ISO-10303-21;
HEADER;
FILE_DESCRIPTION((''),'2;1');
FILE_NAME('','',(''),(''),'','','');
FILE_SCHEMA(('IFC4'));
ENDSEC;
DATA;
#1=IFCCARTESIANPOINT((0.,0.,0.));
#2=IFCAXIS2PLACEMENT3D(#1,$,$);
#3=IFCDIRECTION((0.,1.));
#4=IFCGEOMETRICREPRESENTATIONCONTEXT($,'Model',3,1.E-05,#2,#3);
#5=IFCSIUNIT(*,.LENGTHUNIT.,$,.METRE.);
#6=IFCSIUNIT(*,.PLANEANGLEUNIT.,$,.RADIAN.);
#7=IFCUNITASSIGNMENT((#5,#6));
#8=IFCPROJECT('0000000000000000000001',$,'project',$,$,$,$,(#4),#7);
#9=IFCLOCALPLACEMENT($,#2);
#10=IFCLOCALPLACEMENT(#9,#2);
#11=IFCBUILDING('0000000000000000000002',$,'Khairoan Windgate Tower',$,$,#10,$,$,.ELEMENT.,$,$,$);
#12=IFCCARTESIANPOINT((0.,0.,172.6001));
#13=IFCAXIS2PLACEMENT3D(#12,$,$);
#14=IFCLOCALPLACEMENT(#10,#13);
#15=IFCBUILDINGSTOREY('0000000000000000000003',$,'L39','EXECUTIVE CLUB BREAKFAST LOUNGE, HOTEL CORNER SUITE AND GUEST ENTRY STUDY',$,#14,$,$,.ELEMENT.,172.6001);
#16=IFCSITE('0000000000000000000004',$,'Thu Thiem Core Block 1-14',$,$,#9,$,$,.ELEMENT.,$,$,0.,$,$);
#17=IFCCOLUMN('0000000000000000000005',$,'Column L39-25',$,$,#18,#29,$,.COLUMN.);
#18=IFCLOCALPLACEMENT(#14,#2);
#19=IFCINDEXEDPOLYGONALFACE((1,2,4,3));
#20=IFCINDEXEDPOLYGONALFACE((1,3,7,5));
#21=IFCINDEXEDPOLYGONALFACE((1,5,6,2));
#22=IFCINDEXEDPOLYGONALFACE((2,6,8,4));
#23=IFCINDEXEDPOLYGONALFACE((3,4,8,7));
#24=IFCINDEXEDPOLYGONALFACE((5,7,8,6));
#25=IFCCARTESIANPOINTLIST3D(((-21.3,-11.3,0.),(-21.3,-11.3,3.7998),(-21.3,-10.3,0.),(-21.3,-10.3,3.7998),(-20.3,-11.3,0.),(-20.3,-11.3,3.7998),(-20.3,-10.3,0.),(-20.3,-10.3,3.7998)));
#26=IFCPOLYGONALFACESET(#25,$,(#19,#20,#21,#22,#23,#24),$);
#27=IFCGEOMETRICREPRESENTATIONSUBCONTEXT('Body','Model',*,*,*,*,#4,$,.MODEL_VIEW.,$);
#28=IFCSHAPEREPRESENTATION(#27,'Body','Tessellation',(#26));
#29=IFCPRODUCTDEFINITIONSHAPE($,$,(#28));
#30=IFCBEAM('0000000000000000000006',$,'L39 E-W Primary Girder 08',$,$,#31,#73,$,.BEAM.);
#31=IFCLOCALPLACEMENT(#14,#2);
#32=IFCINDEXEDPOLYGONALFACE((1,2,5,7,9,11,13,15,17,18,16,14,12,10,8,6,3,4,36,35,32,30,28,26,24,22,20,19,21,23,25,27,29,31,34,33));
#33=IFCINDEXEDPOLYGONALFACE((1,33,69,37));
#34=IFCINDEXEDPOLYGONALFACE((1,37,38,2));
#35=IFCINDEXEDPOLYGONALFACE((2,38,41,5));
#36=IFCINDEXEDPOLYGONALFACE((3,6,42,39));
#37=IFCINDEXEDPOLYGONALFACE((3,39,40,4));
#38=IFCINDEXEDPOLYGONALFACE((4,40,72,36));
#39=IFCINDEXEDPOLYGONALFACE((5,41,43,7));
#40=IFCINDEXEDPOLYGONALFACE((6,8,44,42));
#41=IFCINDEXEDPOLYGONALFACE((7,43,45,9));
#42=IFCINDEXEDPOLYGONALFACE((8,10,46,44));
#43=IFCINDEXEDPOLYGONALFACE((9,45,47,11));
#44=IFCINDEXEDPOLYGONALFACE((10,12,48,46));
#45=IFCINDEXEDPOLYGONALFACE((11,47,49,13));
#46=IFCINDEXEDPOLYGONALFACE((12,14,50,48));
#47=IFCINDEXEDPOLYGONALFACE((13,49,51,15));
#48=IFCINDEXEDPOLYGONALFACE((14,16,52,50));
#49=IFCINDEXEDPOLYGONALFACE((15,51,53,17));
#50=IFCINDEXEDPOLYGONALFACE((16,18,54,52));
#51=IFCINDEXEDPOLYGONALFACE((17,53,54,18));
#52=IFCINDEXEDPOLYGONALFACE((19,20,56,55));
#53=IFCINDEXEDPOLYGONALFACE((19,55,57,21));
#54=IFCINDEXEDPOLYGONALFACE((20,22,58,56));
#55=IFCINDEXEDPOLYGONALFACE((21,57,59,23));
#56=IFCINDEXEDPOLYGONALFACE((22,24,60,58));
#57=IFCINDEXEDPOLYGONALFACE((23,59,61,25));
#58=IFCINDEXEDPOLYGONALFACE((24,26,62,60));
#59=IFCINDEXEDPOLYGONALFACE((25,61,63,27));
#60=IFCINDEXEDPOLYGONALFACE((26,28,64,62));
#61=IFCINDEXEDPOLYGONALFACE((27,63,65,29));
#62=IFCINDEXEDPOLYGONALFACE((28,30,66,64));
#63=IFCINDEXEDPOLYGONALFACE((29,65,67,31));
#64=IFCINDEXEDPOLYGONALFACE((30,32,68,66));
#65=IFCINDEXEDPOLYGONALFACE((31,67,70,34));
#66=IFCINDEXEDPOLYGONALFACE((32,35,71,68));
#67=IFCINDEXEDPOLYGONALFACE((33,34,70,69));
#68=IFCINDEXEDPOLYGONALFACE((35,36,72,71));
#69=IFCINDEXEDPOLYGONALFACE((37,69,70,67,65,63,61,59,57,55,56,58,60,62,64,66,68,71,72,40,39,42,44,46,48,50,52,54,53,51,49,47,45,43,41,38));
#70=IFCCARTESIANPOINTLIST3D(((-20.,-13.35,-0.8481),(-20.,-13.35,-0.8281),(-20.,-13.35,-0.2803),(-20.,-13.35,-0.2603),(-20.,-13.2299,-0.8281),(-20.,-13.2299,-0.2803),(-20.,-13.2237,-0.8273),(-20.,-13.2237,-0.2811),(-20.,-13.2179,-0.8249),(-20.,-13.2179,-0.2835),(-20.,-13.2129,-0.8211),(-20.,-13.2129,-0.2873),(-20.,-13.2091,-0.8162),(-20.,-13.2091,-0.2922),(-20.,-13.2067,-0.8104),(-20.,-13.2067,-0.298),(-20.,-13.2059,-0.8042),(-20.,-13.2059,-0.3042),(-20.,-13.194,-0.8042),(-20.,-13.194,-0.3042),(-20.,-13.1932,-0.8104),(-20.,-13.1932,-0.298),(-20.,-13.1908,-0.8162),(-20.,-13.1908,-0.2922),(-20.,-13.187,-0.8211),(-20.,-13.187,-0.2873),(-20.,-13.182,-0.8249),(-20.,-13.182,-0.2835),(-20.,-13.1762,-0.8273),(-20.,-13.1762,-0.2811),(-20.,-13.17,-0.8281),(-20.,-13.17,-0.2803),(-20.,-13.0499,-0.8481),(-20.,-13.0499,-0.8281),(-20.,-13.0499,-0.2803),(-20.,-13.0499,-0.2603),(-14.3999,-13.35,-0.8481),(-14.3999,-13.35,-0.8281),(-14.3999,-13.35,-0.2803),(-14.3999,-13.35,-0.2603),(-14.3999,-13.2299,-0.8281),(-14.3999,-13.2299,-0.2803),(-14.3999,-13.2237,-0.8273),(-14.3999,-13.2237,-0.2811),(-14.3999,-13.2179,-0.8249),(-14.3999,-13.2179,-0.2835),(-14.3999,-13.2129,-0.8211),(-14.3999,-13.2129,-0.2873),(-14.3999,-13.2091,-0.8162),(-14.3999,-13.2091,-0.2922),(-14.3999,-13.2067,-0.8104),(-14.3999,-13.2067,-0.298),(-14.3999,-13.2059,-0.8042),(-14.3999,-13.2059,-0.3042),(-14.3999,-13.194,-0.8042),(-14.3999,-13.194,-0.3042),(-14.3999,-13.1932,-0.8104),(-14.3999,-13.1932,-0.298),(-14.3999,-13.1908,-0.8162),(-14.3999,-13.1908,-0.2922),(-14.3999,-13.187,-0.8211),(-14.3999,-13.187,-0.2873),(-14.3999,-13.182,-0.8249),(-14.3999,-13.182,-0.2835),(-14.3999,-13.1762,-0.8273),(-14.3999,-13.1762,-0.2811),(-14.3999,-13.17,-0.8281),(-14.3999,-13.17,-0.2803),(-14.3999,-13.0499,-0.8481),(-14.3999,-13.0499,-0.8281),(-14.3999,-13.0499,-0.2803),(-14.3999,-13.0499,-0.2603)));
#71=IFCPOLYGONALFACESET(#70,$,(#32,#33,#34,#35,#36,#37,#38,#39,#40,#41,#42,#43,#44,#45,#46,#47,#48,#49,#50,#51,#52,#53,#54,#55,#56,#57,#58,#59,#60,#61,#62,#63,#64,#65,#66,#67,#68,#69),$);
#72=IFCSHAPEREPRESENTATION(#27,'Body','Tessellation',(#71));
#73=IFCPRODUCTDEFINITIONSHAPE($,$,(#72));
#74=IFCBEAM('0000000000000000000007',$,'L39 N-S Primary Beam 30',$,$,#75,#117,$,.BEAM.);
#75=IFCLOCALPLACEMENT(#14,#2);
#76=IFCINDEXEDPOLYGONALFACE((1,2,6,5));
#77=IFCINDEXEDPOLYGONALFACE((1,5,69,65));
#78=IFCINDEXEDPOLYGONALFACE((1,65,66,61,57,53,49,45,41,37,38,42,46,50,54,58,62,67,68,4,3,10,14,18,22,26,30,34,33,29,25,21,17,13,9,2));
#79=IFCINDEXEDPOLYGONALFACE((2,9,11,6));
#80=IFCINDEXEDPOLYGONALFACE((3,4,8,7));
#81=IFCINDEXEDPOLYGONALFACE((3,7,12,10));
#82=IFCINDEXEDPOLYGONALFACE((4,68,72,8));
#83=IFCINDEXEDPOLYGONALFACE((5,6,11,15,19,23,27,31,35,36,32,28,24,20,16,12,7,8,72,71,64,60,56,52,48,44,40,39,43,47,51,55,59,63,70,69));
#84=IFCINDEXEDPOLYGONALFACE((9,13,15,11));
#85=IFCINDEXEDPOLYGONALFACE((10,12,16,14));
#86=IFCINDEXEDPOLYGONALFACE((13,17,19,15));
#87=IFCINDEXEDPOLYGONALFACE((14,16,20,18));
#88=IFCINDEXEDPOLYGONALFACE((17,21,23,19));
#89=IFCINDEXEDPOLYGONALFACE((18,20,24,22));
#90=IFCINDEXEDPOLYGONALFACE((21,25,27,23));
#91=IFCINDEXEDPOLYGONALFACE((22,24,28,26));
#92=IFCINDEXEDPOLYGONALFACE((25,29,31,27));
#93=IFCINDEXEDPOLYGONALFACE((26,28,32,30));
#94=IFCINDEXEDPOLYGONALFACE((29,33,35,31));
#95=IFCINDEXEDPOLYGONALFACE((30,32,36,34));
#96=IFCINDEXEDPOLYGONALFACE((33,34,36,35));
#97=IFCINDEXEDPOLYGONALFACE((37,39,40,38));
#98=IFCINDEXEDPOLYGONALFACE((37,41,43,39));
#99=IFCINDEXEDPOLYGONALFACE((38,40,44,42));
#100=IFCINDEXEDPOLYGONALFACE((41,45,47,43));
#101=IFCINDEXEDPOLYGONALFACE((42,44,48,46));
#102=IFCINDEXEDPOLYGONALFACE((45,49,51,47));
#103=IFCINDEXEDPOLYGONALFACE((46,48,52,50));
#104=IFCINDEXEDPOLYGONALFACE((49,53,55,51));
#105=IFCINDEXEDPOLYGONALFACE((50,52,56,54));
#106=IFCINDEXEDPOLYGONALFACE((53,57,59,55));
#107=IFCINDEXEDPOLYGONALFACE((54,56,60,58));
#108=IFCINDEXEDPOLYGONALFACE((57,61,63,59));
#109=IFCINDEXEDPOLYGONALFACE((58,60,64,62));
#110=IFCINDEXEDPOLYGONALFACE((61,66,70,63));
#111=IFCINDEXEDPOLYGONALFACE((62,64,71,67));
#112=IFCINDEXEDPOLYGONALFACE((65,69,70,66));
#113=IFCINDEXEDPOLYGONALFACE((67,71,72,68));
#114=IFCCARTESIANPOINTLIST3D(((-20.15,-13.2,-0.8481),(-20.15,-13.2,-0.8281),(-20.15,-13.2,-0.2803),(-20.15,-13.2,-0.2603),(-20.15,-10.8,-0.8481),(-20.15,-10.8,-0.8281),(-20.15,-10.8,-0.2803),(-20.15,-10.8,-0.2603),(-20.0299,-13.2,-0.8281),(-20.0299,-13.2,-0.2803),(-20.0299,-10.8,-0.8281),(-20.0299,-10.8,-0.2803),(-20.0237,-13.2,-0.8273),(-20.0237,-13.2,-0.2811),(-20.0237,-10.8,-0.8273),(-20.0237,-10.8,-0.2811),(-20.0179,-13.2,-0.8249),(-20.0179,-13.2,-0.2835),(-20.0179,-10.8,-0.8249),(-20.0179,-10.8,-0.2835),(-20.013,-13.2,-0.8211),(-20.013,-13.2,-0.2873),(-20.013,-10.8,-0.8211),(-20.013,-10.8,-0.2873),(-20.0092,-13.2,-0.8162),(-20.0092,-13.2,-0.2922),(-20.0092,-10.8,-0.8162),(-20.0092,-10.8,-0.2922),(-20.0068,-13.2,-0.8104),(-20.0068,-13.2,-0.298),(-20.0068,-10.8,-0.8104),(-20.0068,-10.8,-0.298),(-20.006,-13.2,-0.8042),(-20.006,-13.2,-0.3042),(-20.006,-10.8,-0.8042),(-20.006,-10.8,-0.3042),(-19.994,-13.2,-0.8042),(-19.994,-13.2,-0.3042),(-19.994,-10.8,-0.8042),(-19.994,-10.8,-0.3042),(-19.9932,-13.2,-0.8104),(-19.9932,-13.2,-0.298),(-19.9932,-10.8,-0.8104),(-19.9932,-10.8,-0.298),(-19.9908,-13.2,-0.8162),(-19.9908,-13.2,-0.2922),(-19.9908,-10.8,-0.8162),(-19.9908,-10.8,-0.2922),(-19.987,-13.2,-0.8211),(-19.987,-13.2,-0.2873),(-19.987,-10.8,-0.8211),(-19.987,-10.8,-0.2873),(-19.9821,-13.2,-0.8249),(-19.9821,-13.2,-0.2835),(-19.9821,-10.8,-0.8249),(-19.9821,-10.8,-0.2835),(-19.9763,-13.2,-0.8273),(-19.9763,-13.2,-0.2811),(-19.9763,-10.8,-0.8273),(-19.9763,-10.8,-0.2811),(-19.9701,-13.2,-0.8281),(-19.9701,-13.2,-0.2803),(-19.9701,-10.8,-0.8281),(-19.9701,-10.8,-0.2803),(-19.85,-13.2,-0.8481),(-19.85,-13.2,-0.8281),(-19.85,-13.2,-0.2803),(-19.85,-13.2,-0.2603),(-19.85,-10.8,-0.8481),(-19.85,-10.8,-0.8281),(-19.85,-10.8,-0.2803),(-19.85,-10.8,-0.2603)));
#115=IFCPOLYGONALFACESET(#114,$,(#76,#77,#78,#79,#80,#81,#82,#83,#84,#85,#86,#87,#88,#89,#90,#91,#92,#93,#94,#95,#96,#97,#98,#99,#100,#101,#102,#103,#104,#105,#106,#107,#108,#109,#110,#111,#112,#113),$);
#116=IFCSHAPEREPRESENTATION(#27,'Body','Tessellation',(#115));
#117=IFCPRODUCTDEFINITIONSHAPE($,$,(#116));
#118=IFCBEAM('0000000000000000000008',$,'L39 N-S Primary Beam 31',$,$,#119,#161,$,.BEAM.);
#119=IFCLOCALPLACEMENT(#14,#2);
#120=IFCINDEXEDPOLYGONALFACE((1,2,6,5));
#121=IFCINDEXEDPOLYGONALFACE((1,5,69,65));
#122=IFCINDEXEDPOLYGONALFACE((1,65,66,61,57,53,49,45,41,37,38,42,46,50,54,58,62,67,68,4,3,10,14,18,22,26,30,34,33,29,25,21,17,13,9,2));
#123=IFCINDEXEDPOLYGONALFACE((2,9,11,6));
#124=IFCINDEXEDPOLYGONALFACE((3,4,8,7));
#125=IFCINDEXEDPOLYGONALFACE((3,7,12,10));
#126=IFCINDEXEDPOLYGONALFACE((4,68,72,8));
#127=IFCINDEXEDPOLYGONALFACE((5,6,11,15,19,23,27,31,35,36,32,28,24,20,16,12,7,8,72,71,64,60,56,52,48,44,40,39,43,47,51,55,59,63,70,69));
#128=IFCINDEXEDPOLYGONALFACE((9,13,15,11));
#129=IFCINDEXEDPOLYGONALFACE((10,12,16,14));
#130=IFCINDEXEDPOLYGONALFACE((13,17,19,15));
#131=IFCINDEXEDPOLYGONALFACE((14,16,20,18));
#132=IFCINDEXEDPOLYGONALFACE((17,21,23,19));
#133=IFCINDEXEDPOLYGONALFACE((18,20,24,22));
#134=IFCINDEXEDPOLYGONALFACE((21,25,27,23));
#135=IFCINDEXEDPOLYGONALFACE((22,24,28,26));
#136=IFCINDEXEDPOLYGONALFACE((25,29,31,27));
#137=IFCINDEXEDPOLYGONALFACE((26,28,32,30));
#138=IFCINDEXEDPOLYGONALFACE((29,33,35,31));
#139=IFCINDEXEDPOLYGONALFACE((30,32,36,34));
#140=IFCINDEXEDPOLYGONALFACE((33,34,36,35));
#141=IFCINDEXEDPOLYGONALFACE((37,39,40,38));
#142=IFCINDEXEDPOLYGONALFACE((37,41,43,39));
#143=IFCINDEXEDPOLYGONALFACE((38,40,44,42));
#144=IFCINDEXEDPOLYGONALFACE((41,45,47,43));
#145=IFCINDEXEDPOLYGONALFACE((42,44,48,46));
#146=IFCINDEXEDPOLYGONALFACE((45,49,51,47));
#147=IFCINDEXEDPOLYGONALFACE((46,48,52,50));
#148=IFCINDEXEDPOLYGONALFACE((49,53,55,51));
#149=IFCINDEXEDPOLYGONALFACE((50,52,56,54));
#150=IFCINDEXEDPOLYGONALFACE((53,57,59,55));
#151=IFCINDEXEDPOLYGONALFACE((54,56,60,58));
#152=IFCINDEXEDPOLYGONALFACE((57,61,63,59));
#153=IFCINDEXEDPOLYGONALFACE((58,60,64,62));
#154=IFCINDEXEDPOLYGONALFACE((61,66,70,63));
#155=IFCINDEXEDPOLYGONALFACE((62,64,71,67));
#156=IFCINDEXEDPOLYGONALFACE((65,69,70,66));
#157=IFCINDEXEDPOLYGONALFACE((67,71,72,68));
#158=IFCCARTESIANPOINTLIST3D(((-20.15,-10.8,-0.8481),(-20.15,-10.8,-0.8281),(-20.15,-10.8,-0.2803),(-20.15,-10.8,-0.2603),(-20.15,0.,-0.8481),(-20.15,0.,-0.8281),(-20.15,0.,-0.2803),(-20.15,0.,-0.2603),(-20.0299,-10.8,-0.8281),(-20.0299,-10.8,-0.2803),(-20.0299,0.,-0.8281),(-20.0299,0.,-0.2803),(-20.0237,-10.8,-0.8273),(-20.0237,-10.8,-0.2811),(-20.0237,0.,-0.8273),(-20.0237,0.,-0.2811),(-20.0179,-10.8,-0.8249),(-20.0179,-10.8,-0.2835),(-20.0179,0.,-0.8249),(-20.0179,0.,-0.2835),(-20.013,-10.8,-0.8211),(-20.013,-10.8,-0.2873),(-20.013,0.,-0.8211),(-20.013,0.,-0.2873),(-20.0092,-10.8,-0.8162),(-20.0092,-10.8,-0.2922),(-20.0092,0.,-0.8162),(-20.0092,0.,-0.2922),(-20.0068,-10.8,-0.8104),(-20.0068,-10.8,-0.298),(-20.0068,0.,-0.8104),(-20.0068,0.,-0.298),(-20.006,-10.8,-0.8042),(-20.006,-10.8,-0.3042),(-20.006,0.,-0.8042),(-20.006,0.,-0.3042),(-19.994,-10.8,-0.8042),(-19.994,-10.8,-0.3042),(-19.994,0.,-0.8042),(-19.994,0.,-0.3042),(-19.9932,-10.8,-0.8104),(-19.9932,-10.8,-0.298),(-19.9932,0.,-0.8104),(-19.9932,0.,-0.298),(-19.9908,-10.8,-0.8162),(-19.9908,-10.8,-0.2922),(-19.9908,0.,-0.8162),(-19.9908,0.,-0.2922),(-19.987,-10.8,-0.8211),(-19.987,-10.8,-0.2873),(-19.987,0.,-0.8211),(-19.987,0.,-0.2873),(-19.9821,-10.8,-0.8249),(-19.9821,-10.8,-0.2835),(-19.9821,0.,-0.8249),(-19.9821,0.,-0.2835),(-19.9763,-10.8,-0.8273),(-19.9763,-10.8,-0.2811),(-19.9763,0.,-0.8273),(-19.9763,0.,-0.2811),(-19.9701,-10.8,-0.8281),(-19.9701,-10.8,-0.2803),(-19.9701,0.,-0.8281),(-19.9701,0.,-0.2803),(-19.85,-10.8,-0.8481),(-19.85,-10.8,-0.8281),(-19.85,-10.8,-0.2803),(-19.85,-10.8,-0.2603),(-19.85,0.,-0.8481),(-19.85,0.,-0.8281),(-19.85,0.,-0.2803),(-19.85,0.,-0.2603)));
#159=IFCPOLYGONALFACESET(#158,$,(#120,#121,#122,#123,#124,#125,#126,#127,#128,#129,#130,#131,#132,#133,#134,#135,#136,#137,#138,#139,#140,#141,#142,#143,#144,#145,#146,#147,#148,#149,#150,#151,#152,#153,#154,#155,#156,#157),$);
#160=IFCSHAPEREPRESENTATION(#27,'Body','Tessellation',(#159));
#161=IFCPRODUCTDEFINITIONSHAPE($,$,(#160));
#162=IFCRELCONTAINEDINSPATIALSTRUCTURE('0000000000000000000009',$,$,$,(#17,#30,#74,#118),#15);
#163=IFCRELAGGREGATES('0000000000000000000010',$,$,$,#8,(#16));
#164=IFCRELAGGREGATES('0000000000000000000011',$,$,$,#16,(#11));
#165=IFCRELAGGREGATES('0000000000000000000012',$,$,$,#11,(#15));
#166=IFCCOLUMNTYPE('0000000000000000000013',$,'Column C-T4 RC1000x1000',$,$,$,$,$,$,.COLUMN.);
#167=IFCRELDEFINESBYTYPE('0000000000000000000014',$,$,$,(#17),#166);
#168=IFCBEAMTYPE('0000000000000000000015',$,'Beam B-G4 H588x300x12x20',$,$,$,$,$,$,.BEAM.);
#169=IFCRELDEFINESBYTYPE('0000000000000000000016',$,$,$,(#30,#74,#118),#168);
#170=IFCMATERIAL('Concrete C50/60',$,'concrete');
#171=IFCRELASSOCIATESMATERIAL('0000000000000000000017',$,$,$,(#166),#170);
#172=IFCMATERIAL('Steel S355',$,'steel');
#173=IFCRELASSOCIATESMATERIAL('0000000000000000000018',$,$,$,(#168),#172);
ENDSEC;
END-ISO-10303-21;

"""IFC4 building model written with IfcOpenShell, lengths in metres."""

from ifc_helpers import new_model, si_unit, direction, frame, origin, origin_2d, place, context, subcontext, project, spatial, rectangle, i_section, extrude, material, material_profile, profile_set, type_object, element, save


model = new_model("IFC4")

# Units and contexts
model_context = context("Model", 3, precision=1e-05, world=origin(), true_north=direction((0.0, 1.0)))
body_context = subcontext(model_context, "Body", "Model", "MODEL_VIEW")
ifc_project = project(units=[si_unit("LENGTHUNIT", "METRE"), si_unit("PLANEANGLEUNIT", "RADIAN")], contexts=[model_context])

# Site, building, storey
site_placement = place(None, origin())
site = spatial("IfcSite", under=ifc_project, at=site_placement, Name="Thu Thiem Core Block 1-14", CompositionType="ELEMENT", RefElevation=0.0)
building_placement = place(site_placement, origin())
building = spatial("IfcBuilding", under=site, at=building_placement, Name="Khairoan Windgate Tower", CompositionType="ELEMENT")
storey_placement = place(building_placement, frame((0.0, 0.0, 172.6001)))
storey = spatial("IfcBuildingStorey", under=building, at=storey_placement, Name="L39", Description="EXECUTIVE CLUB BREAKFAST LOUNGE, HOTEL CORNER SUITE AND GUEST ENTRY STUDY", CompositionType="ELEMENT", Elevation=172.6001)

# Column
ifc_material_1 = material(Name="Concrete C50/60", Category="concrete")
ifc_material_profile_1 = material_profile(ifc_material_1, rectangle(XDim=1.0, YDim=1.0, at=origin_2d()))
ifc_profile_set_1 = profile_set([ifc_material_profile_1], Name="Concrete C50/60")
column_type = type_object("IfcColumnType", Name="Column C-T4 RC1000x1000", PredefinedType="COLUMN", material=ifc_profile_set_1)
column_placement = place(storey_placement, frame((-20.8, -10.8, 0.0), z_axis=(0.0, 0.0, 1.0), x_axis=(1.0, 0.0, 0.0)))
element("IfcColumn", 1, at=column_placement, inside=storey, type_object=column_type, Name="Column L39-25", PredefinedType="COLUMN", context=body_context, shape_type="SweptSolid", body=[
    extrude(rectangle(XDim=1.0, YDim=1.0, at=origin_2d()), origin(), (0.0, 0.0, 1.0), 3.7998),
])

# Beams
ifc_material_2 = material(Name="Steel S355", Category="steel")
ifc_material_profile_2 = material_profile(ifc_material_2, i_section(OverallWidth=0.3, OverallDepth=0.5879, WebThickness=0.012, FlangeThickness=0.02, FilletRadius=0.0239, at=origin_2d()))
ifc_profile_set_2 = profile_set([ifc_material_profile_2], Name="Steel S355")
beam_type_1 = type_object("IfcBeamType", Name="Beam B-G4 H588x300x12x20", PredefinedType="BEAM", material=ifc_profile_set_2)
beam_1_placement = place(storey_placement, frame((-20.0, -13.2, -0.5542), z_axis=(1.0, 0.0, 0.0), x_axis=(0.0, 1.0, 0.0)))
element("IfcBeam", 2, at=beam_1_placement, inside=storey, type_object=beam_type_1, Name="L39 E-W Primary Girder 08", PredefinedType="BEAM", context=body_context, shape_type="SweptSolid", body=[
    extrude(i_section(OverallWidth=0.3, OverallDepth=0.5879, WebThickness=0.012, FlangeThickness=0.02, FilletRadius=0.0239, at=origin_2d()), origin(), (0.0, 0.0, 1.0), 5.6001),
])
beam_2_placement = place(storey_placement, frame((-20.0, -13.2, -0.5542), z_axis=(0.0, 1.0, 0.0), x_axis=(-1.0, 0.0, 0.0)))
element("IfcBeam", 3, at=beam_2_placement, inside=storey, type_object=beam_type_1, Name="L39 N-S Primary Beam 30", PredefinedType="BEAM", context=body_context, shape_type="SweptSolid", body=[
    extrude(i_section(OverallWidth=0.3, OverallDepth=0.5879, WebThickness=0.012, FlangeThickness=0.02, FilletRadius=0.0239, at=origin_2d()), origin(), (0.0, 0.0, 1.0), 2.3999),
])
beam_3_placement = place(storey_placement, frame((-20.0, -10.8, -0.5542), z_axis=(0.0, 1.0, 0.0), x_axis=(-1.0, 0.0, 0.0)))
element("IfcBeam", 4, at=beam_3_placement, inside=storey, type_object=beam_type_1, Name="L39 N-S Primary Beam 31", PredefinedType="BEAM", context=body_context, shape_type="SweptSolid", body=[
    extrude(i_section(OverallWidth=0.3, OverallDepth=0.5879, WebThickness=0.012, FlangeThickness=0.02, FilletRadius=0.0239, at=origin_2d()), origin(), (0.0, 0.0, 1.0), 10.8),
])

save(model, "model.ifc")
